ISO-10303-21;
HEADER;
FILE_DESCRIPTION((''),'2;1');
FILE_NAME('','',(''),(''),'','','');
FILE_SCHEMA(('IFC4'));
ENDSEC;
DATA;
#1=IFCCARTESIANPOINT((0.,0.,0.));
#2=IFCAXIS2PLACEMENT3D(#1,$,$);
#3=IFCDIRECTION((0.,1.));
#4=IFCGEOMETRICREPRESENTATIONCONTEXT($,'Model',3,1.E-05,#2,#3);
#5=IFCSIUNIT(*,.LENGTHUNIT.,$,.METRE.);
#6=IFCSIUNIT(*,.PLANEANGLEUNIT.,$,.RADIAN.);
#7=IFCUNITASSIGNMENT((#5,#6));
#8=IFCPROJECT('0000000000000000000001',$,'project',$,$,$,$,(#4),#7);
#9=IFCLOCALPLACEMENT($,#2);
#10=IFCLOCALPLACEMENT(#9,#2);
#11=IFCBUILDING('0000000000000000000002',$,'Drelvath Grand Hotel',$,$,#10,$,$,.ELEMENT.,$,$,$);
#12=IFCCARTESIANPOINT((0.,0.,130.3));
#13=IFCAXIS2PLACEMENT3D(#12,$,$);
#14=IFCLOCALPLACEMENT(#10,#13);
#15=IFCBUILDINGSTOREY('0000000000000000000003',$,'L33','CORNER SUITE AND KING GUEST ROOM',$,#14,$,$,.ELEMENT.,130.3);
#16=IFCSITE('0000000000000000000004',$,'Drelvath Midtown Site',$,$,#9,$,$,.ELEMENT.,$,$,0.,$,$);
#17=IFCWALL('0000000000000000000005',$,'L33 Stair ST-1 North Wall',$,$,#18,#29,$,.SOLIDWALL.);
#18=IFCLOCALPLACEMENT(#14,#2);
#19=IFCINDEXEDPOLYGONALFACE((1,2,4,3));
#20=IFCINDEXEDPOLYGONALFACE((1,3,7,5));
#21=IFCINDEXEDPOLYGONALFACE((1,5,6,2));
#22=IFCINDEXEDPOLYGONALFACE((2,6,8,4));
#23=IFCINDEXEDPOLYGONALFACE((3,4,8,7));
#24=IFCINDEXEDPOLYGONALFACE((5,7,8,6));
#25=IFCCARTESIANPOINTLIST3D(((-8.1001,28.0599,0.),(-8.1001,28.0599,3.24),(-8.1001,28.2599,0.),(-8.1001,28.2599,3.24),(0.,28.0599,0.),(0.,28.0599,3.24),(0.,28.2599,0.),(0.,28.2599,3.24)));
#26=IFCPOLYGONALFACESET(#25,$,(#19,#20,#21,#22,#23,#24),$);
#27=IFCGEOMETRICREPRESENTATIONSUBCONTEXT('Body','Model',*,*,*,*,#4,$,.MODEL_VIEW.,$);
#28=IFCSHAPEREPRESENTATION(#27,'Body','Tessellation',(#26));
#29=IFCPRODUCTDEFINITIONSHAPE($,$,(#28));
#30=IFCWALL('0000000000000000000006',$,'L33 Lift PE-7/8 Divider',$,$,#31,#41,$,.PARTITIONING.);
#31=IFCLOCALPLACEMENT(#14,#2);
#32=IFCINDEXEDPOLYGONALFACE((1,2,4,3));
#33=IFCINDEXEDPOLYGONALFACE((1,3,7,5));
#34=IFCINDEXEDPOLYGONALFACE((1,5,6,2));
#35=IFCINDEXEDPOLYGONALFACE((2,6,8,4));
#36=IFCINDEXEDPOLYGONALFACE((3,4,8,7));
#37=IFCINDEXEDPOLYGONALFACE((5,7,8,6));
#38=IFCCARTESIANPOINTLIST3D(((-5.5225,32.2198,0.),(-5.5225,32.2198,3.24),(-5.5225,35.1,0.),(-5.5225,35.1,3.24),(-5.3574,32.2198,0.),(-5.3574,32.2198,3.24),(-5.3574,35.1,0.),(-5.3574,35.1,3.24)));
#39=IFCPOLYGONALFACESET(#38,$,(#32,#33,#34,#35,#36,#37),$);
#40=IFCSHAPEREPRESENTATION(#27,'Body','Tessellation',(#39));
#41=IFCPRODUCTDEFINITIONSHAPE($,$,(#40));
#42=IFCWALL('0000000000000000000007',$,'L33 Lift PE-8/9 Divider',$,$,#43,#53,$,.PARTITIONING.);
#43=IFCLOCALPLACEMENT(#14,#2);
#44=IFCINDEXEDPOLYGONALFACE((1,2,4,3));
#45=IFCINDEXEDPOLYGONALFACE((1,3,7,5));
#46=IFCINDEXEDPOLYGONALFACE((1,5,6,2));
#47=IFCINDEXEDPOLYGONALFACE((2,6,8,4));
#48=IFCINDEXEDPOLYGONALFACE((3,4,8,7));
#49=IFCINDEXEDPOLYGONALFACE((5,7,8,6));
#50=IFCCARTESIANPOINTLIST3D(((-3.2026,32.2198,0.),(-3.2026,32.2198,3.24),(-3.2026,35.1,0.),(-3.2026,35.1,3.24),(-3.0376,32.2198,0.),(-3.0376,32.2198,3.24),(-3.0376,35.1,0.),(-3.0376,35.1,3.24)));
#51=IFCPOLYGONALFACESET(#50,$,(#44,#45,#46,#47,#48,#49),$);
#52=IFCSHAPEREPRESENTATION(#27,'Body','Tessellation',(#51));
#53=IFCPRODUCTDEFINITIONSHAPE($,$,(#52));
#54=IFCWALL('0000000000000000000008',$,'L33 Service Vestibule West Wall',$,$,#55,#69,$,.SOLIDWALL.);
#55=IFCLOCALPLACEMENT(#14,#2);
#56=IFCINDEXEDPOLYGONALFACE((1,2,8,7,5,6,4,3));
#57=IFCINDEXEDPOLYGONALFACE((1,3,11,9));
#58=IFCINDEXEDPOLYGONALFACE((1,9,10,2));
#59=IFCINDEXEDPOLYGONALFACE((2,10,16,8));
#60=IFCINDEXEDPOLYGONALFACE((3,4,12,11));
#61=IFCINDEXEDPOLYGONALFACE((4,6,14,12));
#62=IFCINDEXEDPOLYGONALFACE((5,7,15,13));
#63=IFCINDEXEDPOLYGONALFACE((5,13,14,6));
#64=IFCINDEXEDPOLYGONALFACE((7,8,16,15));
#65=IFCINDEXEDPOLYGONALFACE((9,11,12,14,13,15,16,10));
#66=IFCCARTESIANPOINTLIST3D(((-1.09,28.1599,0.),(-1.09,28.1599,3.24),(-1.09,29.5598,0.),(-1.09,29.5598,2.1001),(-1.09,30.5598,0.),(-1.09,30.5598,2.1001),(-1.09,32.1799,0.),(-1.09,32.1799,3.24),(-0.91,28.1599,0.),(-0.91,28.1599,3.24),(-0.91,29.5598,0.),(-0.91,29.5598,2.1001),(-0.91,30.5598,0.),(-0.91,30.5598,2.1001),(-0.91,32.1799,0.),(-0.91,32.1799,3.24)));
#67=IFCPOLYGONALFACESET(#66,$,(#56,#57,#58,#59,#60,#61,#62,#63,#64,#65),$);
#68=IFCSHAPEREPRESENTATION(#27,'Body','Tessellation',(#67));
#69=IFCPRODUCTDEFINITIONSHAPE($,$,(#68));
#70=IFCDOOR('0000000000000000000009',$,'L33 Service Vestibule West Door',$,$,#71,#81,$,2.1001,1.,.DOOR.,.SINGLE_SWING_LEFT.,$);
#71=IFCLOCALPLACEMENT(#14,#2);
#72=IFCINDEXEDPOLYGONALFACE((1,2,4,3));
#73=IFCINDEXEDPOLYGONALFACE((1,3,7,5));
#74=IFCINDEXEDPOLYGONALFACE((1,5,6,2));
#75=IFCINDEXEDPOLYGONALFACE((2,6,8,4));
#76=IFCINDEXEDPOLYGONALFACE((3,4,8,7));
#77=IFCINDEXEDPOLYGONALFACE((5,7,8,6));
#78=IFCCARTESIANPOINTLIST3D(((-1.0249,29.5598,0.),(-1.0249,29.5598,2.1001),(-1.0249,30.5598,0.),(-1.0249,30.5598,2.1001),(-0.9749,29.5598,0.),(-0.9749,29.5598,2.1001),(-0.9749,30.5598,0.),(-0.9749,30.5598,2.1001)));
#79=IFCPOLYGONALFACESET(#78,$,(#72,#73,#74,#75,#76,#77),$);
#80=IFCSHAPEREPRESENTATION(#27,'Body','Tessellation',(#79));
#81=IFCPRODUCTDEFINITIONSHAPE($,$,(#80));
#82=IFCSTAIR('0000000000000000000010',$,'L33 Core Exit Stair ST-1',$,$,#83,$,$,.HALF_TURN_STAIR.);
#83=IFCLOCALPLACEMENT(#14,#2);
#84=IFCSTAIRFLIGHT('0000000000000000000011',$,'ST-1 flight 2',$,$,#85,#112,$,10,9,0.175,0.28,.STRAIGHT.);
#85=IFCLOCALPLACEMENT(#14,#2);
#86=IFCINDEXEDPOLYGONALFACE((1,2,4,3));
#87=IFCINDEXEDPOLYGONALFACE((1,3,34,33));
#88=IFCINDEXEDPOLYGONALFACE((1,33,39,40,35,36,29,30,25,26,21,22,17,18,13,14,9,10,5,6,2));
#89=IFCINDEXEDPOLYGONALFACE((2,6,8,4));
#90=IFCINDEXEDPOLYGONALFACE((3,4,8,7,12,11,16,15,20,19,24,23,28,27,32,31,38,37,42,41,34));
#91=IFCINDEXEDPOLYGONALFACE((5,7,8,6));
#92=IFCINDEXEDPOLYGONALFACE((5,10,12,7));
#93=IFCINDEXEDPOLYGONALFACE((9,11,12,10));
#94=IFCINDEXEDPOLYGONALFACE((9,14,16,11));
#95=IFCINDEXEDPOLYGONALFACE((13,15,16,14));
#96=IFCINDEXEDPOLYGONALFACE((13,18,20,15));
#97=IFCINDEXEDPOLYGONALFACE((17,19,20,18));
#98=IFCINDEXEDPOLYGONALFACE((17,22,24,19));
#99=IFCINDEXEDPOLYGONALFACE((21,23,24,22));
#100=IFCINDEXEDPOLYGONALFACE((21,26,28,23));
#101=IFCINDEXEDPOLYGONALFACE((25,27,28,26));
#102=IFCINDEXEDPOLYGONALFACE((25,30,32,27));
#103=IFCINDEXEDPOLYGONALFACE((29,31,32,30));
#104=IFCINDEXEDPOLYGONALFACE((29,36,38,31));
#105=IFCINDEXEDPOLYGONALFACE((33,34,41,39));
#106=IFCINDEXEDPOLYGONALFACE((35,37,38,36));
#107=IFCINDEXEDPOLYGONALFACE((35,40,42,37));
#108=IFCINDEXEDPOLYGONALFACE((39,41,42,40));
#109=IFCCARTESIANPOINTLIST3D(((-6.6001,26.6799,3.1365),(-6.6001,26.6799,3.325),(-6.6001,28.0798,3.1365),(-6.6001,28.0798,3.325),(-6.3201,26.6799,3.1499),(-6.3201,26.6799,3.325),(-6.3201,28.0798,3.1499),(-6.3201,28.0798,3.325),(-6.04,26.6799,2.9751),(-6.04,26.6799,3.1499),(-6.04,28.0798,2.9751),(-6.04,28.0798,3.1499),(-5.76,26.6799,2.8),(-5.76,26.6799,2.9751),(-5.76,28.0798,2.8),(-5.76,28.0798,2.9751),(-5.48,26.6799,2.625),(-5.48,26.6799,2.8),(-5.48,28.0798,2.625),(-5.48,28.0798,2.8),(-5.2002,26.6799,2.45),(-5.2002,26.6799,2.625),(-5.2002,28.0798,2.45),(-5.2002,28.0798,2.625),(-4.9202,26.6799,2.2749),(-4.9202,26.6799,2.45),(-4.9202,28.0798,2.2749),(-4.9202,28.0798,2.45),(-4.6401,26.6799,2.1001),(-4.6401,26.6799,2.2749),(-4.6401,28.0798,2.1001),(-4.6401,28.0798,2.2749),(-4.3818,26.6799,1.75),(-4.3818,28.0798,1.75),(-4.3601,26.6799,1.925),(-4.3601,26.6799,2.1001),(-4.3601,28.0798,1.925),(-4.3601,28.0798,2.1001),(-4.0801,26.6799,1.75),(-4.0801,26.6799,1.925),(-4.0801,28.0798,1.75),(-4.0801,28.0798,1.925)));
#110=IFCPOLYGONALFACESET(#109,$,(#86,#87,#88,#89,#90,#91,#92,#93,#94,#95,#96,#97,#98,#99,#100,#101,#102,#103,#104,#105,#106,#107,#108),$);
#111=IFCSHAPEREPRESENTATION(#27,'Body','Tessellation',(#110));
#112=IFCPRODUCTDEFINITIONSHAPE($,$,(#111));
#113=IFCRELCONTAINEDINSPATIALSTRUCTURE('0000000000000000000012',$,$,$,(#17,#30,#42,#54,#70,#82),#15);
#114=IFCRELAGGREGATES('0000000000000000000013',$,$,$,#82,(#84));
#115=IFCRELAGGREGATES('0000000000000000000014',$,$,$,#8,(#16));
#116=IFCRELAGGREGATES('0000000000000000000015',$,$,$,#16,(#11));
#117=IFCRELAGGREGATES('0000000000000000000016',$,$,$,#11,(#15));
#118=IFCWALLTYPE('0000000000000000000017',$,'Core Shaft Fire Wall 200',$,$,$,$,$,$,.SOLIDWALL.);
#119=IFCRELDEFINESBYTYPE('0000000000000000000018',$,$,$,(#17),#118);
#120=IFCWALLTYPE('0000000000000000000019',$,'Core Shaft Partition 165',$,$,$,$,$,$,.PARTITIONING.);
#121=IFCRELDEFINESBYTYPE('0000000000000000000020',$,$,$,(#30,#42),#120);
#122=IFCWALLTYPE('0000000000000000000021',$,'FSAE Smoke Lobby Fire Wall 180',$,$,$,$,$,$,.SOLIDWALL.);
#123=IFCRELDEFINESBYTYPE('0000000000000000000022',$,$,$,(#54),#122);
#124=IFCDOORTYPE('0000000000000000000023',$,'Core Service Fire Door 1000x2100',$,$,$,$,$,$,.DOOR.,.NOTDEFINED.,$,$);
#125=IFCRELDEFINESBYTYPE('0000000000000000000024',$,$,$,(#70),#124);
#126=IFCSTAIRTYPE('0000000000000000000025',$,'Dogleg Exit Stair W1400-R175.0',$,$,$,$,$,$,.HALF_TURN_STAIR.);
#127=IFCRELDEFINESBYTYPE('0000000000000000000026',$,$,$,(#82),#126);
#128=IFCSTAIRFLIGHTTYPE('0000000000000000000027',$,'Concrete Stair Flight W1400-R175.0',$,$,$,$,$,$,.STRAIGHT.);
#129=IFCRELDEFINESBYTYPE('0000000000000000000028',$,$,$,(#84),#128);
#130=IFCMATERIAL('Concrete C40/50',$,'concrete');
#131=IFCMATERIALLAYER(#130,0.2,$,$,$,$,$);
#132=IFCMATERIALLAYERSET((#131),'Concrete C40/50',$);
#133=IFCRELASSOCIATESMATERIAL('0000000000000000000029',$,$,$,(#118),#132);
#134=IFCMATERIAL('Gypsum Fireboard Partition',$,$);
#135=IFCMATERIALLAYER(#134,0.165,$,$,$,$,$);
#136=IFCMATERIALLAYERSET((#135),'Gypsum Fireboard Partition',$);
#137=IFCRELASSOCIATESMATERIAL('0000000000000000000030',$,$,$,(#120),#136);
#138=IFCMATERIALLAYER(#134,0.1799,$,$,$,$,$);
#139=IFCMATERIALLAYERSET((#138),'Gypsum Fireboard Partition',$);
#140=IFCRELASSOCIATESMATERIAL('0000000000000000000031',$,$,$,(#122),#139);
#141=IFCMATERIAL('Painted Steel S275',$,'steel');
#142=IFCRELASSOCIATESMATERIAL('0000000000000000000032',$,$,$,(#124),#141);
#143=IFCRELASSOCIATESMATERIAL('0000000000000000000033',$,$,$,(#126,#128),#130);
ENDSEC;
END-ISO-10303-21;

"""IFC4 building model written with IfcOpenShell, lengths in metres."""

from ifc_helpers import new_model, si_unit, direction, frame, frame_2d, origin, place, context, subcontext, project, spatial, polyline, rectangle, outline, extrude, material, layer, layer_set, type_object, element, fill, aggregate, save


model = new_model("IFC4")

# Units and contexts
model_context = context("Model", 3, precision=1e-05, world=origin(), true_north=direction((0.0, 1.0)))
body_context = subcontext(model_context, "Body", "Model", "MODEL_VIEW")
ifc_project = project(units=[si_unit("LENGTHUNIT", "METRE"), si_unit("PLANEANGLEUNIT", "RADIAN")], contexts=[model_context])

# Site, building, storey
site_placement = place(None, origin())
site = spatial("IfcSite", under=ifc_project, at=site_placement, Name="Drelvath Midtown Site", CompositionType="ELEMENT", RefElevation=0.0)
building_placement = place(site_placement, origin())
building = spatial("IfcBuilding", under=site, at=building_placement, Name="Drelvath Grand Hotel", CompositionType="ELEMENT")
storey_placement = place(building_placement, frame((0.0, 0.0, 130.3)))
storey = spatial("IfcBuildingStorey", under=building, at=storey_placement, Name="L33", Description="CORNER SUITE AND KING GUEST ROOM", CompositionType="ELEMENT", Elevation=130.3)

# Shared definitions
ifc_material_1 = material(Name="Concrete C40/50", Category="concrete")

# Walls
ifc_layer_1 = layer(ifc_material_1, 0.2)
ifc_layer_set_1 = layer_set([ifc_layer_1], Name="Concrete C40/50")
wall_type_1 = type_object("IfcWallType", Name="Core Shaft Fire Wall 200", PredefinedType="SOLIDWALL", material=ifc_layer_set_1)
wall_1_placement = place(storey_placement, frame((-8.1001, 28.1599, 0.0), z_axis=(0.0, 0.0, 1.0), x_axis=(1.0, 0.0, 0.0)))
element("IfcWall", 1, at=wall_1_placement, inside=storey, type_object=wall_type_1, Name="L33 Stair ST-1 North Wall", PredefinedType="SOLIDWALL", context=body_context, shape_type="SweptSolid", body=[
    extrude(rectangle(XDim=8.1001, YDim=0.2, at=frame_2d((4.05, 0.0))), origin(), (0.0, 0.0, 1.0), 3.24),
])
ifc_material_2 = material(Name="Gypsum Fireboard Partition")
ifc_layer_2 = layer(ifc_material_2, 0.165)
ifc_layer_set_2 = layer_set([ifc_layer_2], Name="Gypsum Fireboard Partition")
wall_type_2 = type_object("IfcWallType", Name="Core Shaft Partition 165", PredefinedType="PARTITIONING", material=ifc_layer_set_2)
for number, where, z_axis, x_axis, name in (
    (2, (-5.4399, 32.22, 0.0), (0.0, 0.0, 1.0), (0.0, 1.0, 0.0), "L33 Lift PE-7/8 Divider"),
    (3, (-3.1201, 32.22, 0.0), (0.0, 0.0, 1.0), (0.0, 1.0, 0.0), "L33 Lift PE-8/9 Divider"),
):
    element("IfcWall", number, at=place(storey_placement, frame(where, z_axis=z_axis, x_axis=x_axis)), inside=storey, type_object=wall_type_2, Name=name, PredefinedType="PARTITIONING", context=body_context, shape_type="SweptSolid", body=[
        extrude(rectangle(XDim=2.8801, YDim=0.165, at=frame_2d((1.4399, 0.0))), origin(), (0.0, 0.0, 1.0), 3.24),
    ])

# Wall, opening, door
ifc_layer_3 = layer(ifc_material_2, 0.1799)
ifc_layer_set_3 = layer_set([ifc_layer_3], Name="Gypsum Fireboard Partition")
wall_type_3 = type_object("IfcWallType", Name="FSAE Smoke Lobby Fire Wall 180", PredefinedType="SOLIDWALL", material=ifc_layer_set_3)
wall_2_placement = place(storey_placement, frame((-1.0, 28.1599, 0.0), z_axis=(0.0, 0.0, 1.0), x_axis=(0.0, 1.0, 0.0)))
wall_2 = element("IfcWall", 4, at=wall_2_placement, inside=storey, type_object=wall_type_3, Name="L33 Service Vestibule West Wall", PredefinedType="SOLIDWALL", context=body_context, shape_type="SweptSolid", body=[
    extrude(rectangle(XDim=4.02, YDim=0.1799, at=frame_2d((2.01, 0.0))), origin(), (0.0, 0.0, 1.0), 3.24),
])
opening_1_placement = place(wall_2_placement, frame((1.3999, 0.0, 0.0)))
opening_1 = element("IfcOpeningElement", 5, at=opening_1_placement, cuts=wall_2, PredefinedType="OPENING", context=body_context, shape_type="SweptSolid", body=[
    extrude(rectangle(XDim=1.0, YDim=2.1001, at=frame_2d((0.5, 1.05))), frame((0.0, 0.0999, 0.0), z_axis=(0.0, -1.0, 0.0), x_axis=(1.0, 0.0, 0.0)), (0.0, 0.0, 1.0), 0.2),
])
ifc_material_3 = material(Name="Painted Steel S275", Category="steel")
door_type_1 = type_object("IfcDoorType", Name="Core Service Fire Door 1000x2100", OperationType="NOTDEFINED", PredefinedType="DOOR", material=ifc_material_3)
door_1_placement = place(opening_1_placement, origin())
door_1 = element("IfcDoor", 6, at=door_1_placement, inside=storey, type_object=door_type_1, Name="L33 Service Vestibule West Door", OperationType="SINGLE_SWING_LEFT", OverallHeight=2.1001, OverallWidth=1.0, PredefinedType="DOOR", context=body_context, shape_type="SweptSolid", body=[
    extrude(rectangle(XDim=1.0, YDim=2.1001, at=frame_2d((0.5, 1.05))), frame((0.0, 0.0249, 0.0), z_axis=(0.0, -1.0, 0.0), x_axis=(1.0, 0.0, 0.0)), (0.0, 0.0, 1.0), 0.05),
])
fill(opening_1, door_1)

# Stair, stair flight
stair_type = type_object("IfcStairType", Name="Dogleg Exit Stair W1400-R175.0", PredefinedType="HALF_TURN_STAIR", material=ifc_material_1)
stair_placement = place(storey_placement, origin())
stair = element("IfcStair", 7, at=stair_placement, inside=storey, type_object=stair_type, Name="L33 Core Exit Stair ST-1", PredefinedType="HALF_TURN_STAIR")
stair_flight_type = type_object("IfcStairFlightType", Name="Concrete Stair Flight W1400-R175.0", PredefinedType="STRAIGHT", material=ifc_material_1)
stair_flight_placement = place(storey_placement, frame((-4.0801, 27.3799, 1.75), z_axis=(0.0, 0.0, 1.0), x_axis=(-1.0, 0.0, 0.0)))
stair_flight = element("IfcStairFlight", 8, at=stair_flight_placement, type_object=stair_flight_type, Name="ST-1 flight 2", NumberOfRisers=10, NumberOfTreads=9, PredefinedType="STRAIGHT", RiserHeight=0.175, TreadLength=0.28, context=body_context, shape_type="SweptSolid", body=[
    extrude(outline(polyline([(0.0, 0.0), (0.0, 0.175), (0.28, 0.175), (0.28, 0.3501), (0.5601, 0.3501), (0.5601, 0.5249), (0.8401, 0.5249), (0.8401, 0.7), (1.1201, 0.7), (1.1201, 0.875), (1.3999, 0.875), (1.3999, 1.05), (1.6799, 1.05), (1.6799, 1.2251), (1.96, 1.2251), (1.96, 1.3999), (2.24, 1.3999), (2.24, 1.575), (2.52, 1.575), (2.52, 1.75), (2.52, 1.3865), (0.3018, 0.0), (0.0, 0.0)])), frame((0.0, 0.7, 0.0), z_axis=(0.0, -1.0, 0.0), x_axis=(1.0, 0.0, 0.0)), (0.0, 0.0, 1.0), 1.3999),
])
aggregate(stair, [stair_flight])

save(model, "model.ifc")
